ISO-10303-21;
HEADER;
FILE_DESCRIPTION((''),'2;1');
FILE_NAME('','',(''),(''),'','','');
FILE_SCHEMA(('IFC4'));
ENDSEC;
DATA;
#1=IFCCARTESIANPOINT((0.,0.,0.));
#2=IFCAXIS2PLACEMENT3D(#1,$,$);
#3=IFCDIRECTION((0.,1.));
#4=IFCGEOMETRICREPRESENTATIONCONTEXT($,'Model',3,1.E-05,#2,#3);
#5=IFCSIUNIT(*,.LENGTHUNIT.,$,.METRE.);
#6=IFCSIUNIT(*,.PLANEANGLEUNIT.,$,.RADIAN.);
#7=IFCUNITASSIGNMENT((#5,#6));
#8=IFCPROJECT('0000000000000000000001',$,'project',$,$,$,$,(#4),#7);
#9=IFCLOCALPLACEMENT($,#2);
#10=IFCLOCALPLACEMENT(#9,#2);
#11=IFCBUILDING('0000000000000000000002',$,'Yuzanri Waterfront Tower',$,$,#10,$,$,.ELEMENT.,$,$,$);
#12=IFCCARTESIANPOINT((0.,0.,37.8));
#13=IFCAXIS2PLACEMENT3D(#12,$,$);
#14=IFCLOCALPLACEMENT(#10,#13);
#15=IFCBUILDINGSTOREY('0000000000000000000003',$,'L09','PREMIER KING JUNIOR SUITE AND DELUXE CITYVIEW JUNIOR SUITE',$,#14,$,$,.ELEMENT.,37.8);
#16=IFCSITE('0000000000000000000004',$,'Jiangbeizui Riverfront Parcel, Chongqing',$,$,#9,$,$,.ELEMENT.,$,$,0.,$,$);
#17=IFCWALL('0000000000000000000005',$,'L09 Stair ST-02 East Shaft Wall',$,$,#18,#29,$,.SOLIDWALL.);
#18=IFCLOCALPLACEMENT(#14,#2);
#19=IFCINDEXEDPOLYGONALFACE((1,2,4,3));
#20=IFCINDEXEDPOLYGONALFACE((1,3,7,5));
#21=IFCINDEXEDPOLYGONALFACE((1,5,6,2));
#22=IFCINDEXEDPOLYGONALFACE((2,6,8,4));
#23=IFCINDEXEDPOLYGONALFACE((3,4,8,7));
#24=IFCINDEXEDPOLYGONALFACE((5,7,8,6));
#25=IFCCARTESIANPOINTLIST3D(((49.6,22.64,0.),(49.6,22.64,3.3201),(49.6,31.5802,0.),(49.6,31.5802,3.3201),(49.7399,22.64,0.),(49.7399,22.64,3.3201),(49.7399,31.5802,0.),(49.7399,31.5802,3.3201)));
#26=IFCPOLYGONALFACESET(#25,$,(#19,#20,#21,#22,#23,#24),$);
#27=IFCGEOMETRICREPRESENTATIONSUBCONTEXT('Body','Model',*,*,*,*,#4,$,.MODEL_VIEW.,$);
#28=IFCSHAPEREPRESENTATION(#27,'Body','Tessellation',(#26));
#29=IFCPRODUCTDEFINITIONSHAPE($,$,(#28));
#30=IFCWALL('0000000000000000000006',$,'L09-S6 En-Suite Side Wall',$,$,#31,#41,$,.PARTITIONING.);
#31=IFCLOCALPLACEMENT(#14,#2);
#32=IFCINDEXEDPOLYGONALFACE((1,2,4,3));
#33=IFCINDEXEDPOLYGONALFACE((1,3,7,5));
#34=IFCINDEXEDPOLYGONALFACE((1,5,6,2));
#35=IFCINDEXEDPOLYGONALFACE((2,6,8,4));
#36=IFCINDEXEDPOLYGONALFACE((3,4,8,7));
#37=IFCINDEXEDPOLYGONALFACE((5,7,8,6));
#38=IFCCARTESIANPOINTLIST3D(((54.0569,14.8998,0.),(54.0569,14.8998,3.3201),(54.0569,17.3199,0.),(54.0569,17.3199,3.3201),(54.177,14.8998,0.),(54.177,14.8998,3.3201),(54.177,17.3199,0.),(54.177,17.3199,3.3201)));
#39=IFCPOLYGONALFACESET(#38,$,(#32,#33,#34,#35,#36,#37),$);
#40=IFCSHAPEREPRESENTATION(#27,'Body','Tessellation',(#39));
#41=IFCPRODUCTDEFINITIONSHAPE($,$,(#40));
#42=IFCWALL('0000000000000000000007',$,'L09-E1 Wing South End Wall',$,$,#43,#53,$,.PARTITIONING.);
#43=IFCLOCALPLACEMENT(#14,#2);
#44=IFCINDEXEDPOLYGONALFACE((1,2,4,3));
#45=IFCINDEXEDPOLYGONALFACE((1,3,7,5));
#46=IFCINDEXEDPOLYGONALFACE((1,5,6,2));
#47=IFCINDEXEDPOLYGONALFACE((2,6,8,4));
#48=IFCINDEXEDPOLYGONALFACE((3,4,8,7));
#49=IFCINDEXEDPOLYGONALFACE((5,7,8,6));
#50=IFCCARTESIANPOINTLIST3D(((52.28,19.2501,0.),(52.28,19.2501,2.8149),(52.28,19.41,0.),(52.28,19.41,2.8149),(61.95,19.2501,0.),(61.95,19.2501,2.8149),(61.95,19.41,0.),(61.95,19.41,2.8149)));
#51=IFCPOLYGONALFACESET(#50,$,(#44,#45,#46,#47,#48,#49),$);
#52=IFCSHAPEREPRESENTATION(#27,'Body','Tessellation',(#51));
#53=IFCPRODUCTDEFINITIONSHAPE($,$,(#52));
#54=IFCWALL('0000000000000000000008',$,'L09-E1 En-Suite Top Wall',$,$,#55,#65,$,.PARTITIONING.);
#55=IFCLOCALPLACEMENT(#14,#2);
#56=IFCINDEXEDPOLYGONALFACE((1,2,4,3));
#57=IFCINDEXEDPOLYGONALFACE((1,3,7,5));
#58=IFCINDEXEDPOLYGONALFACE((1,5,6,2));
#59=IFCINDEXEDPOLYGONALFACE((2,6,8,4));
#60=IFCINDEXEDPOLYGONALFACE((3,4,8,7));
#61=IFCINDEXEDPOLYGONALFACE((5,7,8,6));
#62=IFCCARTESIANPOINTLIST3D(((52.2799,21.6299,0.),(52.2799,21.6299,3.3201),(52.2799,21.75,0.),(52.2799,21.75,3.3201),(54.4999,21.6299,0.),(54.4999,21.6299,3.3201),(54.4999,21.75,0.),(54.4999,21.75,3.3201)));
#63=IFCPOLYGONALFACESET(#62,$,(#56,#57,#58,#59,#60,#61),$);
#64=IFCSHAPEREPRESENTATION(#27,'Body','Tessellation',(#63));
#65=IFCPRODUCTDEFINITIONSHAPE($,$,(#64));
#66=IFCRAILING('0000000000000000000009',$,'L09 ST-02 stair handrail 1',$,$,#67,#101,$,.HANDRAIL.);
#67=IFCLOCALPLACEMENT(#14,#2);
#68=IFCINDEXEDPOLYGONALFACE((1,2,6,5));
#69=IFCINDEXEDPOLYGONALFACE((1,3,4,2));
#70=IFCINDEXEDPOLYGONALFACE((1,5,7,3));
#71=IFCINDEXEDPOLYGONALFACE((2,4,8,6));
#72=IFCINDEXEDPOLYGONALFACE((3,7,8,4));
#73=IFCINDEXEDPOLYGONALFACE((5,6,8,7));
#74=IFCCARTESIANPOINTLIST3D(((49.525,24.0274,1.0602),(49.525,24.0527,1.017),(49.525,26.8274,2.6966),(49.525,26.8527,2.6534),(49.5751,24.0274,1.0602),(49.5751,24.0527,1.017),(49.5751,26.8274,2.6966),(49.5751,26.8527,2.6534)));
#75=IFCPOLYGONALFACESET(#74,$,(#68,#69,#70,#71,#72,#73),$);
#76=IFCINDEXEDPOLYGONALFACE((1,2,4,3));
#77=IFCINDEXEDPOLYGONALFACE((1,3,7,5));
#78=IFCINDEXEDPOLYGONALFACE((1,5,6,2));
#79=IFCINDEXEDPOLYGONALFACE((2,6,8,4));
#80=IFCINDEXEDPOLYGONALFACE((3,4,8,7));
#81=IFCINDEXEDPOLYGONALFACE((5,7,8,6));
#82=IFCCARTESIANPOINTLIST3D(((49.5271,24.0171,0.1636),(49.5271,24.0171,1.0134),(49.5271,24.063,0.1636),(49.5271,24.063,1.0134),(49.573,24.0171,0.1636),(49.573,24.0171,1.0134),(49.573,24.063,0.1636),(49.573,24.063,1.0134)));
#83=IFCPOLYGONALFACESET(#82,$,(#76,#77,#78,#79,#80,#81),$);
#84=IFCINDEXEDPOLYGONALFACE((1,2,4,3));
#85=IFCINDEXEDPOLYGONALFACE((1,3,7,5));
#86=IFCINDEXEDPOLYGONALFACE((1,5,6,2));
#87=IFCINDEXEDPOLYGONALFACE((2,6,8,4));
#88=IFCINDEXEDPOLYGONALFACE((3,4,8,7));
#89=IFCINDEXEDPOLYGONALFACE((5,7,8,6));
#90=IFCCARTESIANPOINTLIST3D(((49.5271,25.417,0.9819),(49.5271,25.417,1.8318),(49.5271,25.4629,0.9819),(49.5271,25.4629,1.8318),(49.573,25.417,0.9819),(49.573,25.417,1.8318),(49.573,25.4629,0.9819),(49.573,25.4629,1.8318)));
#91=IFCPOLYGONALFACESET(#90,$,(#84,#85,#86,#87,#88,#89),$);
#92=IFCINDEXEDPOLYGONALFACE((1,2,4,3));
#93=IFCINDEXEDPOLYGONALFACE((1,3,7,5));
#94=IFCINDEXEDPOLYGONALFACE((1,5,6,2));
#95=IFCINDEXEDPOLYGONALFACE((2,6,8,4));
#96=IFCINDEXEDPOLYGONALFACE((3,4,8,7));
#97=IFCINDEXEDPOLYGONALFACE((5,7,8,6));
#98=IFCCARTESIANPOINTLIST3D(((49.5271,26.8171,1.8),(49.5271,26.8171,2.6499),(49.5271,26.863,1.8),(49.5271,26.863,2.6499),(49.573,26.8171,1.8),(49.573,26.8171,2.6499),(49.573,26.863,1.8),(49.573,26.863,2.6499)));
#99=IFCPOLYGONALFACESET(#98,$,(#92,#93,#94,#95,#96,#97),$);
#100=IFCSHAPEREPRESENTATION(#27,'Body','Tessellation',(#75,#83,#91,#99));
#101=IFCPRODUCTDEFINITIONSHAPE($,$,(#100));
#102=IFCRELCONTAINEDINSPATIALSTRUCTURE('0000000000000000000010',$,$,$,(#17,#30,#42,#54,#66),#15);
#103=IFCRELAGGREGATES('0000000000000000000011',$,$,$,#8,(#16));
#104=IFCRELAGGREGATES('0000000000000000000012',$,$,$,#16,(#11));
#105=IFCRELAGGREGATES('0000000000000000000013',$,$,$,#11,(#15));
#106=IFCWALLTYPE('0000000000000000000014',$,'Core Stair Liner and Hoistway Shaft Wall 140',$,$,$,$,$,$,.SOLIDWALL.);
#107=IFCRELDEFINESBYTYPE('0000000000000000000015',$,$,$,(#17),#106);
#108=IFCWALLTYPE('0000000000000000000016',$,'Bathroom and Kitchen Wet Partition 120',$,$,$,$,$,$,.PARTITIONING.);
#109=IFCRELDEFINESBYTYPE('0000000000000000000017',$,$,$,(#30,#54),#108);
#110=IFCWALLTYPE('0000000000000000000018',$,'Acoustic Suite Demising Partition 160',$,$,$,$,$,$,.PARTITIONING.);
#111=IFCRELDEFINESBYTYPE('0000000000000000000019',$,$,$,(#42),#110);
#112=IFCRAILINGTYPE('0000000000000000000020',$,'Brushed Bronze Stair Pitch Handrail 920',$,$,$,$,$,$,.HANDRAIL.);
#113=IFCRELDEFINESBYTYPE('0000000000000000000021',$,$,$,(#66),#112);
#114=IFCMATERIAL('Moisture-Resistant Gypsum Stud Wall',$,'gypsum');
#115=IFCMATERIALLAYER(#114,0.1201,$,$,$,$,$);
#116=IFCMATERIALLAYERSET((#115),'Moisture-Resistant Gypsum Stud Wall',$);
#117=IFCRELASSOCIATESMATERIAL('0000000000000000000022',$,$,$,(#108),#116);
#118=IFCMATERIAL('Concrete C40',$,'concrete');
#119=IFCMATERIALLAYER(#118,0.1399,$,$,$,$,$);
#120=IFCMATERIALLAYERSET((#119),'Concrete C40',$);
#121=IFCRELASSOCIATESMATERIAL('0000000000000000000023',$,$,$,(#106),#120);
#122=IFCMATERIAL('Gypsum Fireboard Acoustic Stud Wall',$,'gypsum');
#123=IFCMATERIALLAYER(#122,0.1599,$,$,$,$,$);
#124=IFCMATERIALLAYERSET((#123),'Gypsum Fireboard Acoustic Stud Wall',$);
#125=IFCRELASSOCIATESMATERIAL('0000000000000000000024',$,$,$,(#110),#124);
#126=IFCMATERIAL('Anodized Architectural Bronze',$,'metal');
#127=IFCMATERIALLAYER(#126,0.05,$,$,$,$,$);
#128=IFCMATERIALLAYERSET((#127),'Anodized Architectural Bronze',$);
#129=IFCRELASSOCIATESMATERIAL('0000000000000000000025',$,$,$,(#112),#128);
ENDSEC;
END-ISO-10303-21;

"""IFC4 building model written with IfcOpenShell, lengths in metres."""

from ifc_helpers import new_model, si_unit, direction, frame, frame_2d, origin, origin_2d, place, context, subcontext, project, spatial, rectangle, extrude, source, transform, mapped, material, layer, layer_set, type_object, element, save


model = new_model("IFC4")

# Units and contexts
model_context = context("Model", 3, precision=1e-05, world=origin(), true_north=direction((0.0, 1.0)))
body_context = subcontext(model_context, "Body", "Model", "MODEL_VIEW")
ifc_project = project(units=[si_unit("LENGTHUNIT", "METRE"), si_unit("PLANEANGLEUNIT", "RADIAN")], contexts=[model_context])

# Site, building, storey
site_placement = place(None, origin())
site = spatial("IfcSite", under=ifc_project, at=site_placement, Name="Jiangbeizui Riverfront Parcel, Chongqing", CompositionType="ELEMENT", RefElevation=0.0)
building_placement = place(site_placement, origin())
building = spatial("IfcBuilding", under=site, at=building_placement, Name="Yuzanri Waterfront Tower", CompositionType="ELEMENT")
storey_placement = place(building_placement, frame((0.0, 0.0, 37.8)))
storey = spatial("IfcBuildingStorey", under=building, at=storey_placement, Name="L09", Description="PREMIER KING JUNIOR SUITE AND DELUXE CITYVIEW JUNIOR SUITE", CompositionType="ELEMENT", Elevation=37.8)

# Shared definitions
ifc_material_1 = material(Name="Moisture-Resistant Gypsum Stud Wall", Category="gypsum")
ifc_layer_1 = layer(ifc_material_1, 0.1201)
ifc_layer_set_1 = layer_set([ifc_layer_1], Name="Moisture-Resistant Gypsum Stud Wall")
wall_type_1 = type_object("IfcWallType", Name="Bathroom and Kitchen Wet Partition 120", PredefinedType="PARTITIONING", material=ifc_layer_set_1)

# Walls
ifc_material_2 = material(Name="Concrete C40", Category="concrete")
ifc_layer_2 = layer(ifc_material_2, 0.1399)
ifc_layer_set_2 = layer_set([ifc_layer_2], Name="Concrete C40")
wall_type_2 = type_object("IfcWallType", Name="Core Stair Liner and Hoistway Shaft Wall 140", PredefinedType="SOLIDWALL", material=ifc_layer_set_2)
shared_shape_1 = source(origin(), body_context, "Body", "SweptSolid", [
    extrude(rectangle(XDim=8.9402, YDim=0.1399, at=frame_2d((4.4702, 0.0))), origin(), (0.0, 0.0, 1.0), 3.3201),
])
wall_1_placement = place(storey_placement, frame((49.6699, 22.6399, 0.0), z_axis=(0.0, 0.0, 1.0), x_axis=(0.0, 1.0, 0.0)))
element("IfcWall", 1, at=wall_1_placement, inside=storey, type_object=wall_type_2, Name="L09 Stair ST-02 East Shaft Wall", PredefinedType="SOLIDWALL", context=body_context, shape_type="MappedRepresentation", body=[
    mapped(shared_shape_1, transform((0.0, 0.0, 0.0), scale=1.0)),
])
shared_shape_2 = source(origin(), body_context, "Body", "SweptSolid", [
    extrude(rectangle(XDim=2.4202, YDim=0.1201, at=frame_2d((1.21, 0.0))), origin(), (0.0, 0.0, 1.0), 3.3201),
])
wall_2_placement = place(storey_placement, frame((54.1169, 14.8999, 0.0), z_axis=(0.0, 0.0, 1.0), x_axis=(0.0, 1.0, 0.0)))
element("IfcWall", 2, at=wall_2_placement, inside=storey, type_object=wall_type_1, Name="L09-S6 En-Suite Side Wall", PredefinedType="PARTITIONING", context=body_context, shape_type="MappedRepresentation", body=[
    mapped(shared_shape_2, transform((0.0, 0.0, 0.0), scale=1.0)),
])
ifc_material_3 = material(Name="Gypsum Fireboard Acoustic Stud Wall", Category="gypsum")
ifc_layer_3 = layer(ifc_material_3, 0.1599)
ifc_layer_set_3 = layer_set([ifc_layer_3], Name="Gypsum Fireboard Acoustic Stud Wall")
wall_type_3 = type_object("IfcWallType", Name="Acoustic Suite Demising Partition 160", PredefinedType="PARTITIONING", material=ifc_layer_set_3)
shared_shape_3 = source(origin(), body_context, "Body", "SweptSolid", [
    extrude(rectangle(XDim=9.6699, YDim=0.1599, at=frame_2d((4.835, 0.0))), origin(), (0.0, 0.0, 1.0), 2.8149),
])
wall_3_placement = place(storey_placement, frame((52.28, 19.3301, 0.0), z_axis=(0.0, 0.0, 1.0), x_axis=(1.0, 0.0, 0.0)))
element("IfcWall", 3, at=wall_3_placement, inside=storey, type_object=wall_type_3, Name="L09-E1 Wing South End Wall", PredefinedType="PARTITIONING", context=body_context, shape_type="MappedRepresentation", body=[
    mapped(shared_shape_3, transform((0.0, 0.0, 0.0), scale=1.0)),
])
shared_shape_4 = source(origin(), body_context, "Body", "SweptSolid", [
    extrude(rectangle(XDim=2.22, YDim=0.1201, at=frame_2d((1.1099, 0.0))), origin(), (0.0, 0.0, 1.0), 3.3201),
])
wall_4_placement = place(storey_placement, frame((52.28, 21.6899, 0.0), z_axis=(0.0, 0.0, 1.0), x_axis=(1.0, 0.0, 0.0)))
element("IfcWall", 4, at=wall_4_placement, inside=storey, type_object=wall_type_1, Name="L09-E1 En-Suite Top Wall", PredefinedType="PARTITIONING", context=body_context, shape_type="MappedRepresentation", body=[
    mapped(shared_shape_4, transform((0.0, 0.0, 0.0), scale=1.0)),
])

# Railing
ifc_material_4 = material(Name="Anodized Architectural Bronze", Category="metal")
ifc_layer_4 = layer(ifc_material_4, 0.05)
ifc_layer_set_4 = layer_set([ifc_layer_4], Name="Anodized Architectural Bronze")
railing_type = type_object("IfcRailingType", Name="Brushed Bronze Stair Pitch Handrail 920", PredefinedType="HANDRAIL", material=ifc_layer_set_4)
shared_shape_5 = source(origin(), body_context, "Body", "SweptSolid", [
    extrude(rectangle(XDim=0.05, YDim=0.05, at=origin_2d()), frame((0.0, 0.0, 0.875), z_axis=(0.0, 0.863361, 0.504587), x_axis=(-1.0, 0.0, 0.0)), (0.0, 0.0, 1.0), 3.2432),
    extrude(rectangle(XDim=0.0459, YDim=0.0459, at=origin_2d()), origin(), (0.0, 0.0, 1.0), 0.8499),
    extrude(rectangle(XDim=0.0459, YDim=0.0459, at=origin_2d()), frame((0.0, 1.3999, 0.8184)), (0.0, 0.0, 1.0), 0.8499),
    extrude(rectangle(XDim=0.0459, YDim=0.0459, at=origin_2d()), frame((0.0, 2.8, 1.6365)), (0.0, 0.0, 1.0), 0.8499),
])
railing_placement = place(storey_placement, frame((49.55, 24.04, 0.1636)))
element("IfcRailing", 5, at=railing_placement, inside=storey, type_object=railing_type, Name="L09 ST-02 stair handrail 1", PredefinedType="HANDRAIL", context=body_context, shape_type="MappedRepresentation", body=[
    mapped(shared_shape_5, transform((0.0, 0.0, 0.0), scale=1.0)),
])

save(model, "model.ifc")
